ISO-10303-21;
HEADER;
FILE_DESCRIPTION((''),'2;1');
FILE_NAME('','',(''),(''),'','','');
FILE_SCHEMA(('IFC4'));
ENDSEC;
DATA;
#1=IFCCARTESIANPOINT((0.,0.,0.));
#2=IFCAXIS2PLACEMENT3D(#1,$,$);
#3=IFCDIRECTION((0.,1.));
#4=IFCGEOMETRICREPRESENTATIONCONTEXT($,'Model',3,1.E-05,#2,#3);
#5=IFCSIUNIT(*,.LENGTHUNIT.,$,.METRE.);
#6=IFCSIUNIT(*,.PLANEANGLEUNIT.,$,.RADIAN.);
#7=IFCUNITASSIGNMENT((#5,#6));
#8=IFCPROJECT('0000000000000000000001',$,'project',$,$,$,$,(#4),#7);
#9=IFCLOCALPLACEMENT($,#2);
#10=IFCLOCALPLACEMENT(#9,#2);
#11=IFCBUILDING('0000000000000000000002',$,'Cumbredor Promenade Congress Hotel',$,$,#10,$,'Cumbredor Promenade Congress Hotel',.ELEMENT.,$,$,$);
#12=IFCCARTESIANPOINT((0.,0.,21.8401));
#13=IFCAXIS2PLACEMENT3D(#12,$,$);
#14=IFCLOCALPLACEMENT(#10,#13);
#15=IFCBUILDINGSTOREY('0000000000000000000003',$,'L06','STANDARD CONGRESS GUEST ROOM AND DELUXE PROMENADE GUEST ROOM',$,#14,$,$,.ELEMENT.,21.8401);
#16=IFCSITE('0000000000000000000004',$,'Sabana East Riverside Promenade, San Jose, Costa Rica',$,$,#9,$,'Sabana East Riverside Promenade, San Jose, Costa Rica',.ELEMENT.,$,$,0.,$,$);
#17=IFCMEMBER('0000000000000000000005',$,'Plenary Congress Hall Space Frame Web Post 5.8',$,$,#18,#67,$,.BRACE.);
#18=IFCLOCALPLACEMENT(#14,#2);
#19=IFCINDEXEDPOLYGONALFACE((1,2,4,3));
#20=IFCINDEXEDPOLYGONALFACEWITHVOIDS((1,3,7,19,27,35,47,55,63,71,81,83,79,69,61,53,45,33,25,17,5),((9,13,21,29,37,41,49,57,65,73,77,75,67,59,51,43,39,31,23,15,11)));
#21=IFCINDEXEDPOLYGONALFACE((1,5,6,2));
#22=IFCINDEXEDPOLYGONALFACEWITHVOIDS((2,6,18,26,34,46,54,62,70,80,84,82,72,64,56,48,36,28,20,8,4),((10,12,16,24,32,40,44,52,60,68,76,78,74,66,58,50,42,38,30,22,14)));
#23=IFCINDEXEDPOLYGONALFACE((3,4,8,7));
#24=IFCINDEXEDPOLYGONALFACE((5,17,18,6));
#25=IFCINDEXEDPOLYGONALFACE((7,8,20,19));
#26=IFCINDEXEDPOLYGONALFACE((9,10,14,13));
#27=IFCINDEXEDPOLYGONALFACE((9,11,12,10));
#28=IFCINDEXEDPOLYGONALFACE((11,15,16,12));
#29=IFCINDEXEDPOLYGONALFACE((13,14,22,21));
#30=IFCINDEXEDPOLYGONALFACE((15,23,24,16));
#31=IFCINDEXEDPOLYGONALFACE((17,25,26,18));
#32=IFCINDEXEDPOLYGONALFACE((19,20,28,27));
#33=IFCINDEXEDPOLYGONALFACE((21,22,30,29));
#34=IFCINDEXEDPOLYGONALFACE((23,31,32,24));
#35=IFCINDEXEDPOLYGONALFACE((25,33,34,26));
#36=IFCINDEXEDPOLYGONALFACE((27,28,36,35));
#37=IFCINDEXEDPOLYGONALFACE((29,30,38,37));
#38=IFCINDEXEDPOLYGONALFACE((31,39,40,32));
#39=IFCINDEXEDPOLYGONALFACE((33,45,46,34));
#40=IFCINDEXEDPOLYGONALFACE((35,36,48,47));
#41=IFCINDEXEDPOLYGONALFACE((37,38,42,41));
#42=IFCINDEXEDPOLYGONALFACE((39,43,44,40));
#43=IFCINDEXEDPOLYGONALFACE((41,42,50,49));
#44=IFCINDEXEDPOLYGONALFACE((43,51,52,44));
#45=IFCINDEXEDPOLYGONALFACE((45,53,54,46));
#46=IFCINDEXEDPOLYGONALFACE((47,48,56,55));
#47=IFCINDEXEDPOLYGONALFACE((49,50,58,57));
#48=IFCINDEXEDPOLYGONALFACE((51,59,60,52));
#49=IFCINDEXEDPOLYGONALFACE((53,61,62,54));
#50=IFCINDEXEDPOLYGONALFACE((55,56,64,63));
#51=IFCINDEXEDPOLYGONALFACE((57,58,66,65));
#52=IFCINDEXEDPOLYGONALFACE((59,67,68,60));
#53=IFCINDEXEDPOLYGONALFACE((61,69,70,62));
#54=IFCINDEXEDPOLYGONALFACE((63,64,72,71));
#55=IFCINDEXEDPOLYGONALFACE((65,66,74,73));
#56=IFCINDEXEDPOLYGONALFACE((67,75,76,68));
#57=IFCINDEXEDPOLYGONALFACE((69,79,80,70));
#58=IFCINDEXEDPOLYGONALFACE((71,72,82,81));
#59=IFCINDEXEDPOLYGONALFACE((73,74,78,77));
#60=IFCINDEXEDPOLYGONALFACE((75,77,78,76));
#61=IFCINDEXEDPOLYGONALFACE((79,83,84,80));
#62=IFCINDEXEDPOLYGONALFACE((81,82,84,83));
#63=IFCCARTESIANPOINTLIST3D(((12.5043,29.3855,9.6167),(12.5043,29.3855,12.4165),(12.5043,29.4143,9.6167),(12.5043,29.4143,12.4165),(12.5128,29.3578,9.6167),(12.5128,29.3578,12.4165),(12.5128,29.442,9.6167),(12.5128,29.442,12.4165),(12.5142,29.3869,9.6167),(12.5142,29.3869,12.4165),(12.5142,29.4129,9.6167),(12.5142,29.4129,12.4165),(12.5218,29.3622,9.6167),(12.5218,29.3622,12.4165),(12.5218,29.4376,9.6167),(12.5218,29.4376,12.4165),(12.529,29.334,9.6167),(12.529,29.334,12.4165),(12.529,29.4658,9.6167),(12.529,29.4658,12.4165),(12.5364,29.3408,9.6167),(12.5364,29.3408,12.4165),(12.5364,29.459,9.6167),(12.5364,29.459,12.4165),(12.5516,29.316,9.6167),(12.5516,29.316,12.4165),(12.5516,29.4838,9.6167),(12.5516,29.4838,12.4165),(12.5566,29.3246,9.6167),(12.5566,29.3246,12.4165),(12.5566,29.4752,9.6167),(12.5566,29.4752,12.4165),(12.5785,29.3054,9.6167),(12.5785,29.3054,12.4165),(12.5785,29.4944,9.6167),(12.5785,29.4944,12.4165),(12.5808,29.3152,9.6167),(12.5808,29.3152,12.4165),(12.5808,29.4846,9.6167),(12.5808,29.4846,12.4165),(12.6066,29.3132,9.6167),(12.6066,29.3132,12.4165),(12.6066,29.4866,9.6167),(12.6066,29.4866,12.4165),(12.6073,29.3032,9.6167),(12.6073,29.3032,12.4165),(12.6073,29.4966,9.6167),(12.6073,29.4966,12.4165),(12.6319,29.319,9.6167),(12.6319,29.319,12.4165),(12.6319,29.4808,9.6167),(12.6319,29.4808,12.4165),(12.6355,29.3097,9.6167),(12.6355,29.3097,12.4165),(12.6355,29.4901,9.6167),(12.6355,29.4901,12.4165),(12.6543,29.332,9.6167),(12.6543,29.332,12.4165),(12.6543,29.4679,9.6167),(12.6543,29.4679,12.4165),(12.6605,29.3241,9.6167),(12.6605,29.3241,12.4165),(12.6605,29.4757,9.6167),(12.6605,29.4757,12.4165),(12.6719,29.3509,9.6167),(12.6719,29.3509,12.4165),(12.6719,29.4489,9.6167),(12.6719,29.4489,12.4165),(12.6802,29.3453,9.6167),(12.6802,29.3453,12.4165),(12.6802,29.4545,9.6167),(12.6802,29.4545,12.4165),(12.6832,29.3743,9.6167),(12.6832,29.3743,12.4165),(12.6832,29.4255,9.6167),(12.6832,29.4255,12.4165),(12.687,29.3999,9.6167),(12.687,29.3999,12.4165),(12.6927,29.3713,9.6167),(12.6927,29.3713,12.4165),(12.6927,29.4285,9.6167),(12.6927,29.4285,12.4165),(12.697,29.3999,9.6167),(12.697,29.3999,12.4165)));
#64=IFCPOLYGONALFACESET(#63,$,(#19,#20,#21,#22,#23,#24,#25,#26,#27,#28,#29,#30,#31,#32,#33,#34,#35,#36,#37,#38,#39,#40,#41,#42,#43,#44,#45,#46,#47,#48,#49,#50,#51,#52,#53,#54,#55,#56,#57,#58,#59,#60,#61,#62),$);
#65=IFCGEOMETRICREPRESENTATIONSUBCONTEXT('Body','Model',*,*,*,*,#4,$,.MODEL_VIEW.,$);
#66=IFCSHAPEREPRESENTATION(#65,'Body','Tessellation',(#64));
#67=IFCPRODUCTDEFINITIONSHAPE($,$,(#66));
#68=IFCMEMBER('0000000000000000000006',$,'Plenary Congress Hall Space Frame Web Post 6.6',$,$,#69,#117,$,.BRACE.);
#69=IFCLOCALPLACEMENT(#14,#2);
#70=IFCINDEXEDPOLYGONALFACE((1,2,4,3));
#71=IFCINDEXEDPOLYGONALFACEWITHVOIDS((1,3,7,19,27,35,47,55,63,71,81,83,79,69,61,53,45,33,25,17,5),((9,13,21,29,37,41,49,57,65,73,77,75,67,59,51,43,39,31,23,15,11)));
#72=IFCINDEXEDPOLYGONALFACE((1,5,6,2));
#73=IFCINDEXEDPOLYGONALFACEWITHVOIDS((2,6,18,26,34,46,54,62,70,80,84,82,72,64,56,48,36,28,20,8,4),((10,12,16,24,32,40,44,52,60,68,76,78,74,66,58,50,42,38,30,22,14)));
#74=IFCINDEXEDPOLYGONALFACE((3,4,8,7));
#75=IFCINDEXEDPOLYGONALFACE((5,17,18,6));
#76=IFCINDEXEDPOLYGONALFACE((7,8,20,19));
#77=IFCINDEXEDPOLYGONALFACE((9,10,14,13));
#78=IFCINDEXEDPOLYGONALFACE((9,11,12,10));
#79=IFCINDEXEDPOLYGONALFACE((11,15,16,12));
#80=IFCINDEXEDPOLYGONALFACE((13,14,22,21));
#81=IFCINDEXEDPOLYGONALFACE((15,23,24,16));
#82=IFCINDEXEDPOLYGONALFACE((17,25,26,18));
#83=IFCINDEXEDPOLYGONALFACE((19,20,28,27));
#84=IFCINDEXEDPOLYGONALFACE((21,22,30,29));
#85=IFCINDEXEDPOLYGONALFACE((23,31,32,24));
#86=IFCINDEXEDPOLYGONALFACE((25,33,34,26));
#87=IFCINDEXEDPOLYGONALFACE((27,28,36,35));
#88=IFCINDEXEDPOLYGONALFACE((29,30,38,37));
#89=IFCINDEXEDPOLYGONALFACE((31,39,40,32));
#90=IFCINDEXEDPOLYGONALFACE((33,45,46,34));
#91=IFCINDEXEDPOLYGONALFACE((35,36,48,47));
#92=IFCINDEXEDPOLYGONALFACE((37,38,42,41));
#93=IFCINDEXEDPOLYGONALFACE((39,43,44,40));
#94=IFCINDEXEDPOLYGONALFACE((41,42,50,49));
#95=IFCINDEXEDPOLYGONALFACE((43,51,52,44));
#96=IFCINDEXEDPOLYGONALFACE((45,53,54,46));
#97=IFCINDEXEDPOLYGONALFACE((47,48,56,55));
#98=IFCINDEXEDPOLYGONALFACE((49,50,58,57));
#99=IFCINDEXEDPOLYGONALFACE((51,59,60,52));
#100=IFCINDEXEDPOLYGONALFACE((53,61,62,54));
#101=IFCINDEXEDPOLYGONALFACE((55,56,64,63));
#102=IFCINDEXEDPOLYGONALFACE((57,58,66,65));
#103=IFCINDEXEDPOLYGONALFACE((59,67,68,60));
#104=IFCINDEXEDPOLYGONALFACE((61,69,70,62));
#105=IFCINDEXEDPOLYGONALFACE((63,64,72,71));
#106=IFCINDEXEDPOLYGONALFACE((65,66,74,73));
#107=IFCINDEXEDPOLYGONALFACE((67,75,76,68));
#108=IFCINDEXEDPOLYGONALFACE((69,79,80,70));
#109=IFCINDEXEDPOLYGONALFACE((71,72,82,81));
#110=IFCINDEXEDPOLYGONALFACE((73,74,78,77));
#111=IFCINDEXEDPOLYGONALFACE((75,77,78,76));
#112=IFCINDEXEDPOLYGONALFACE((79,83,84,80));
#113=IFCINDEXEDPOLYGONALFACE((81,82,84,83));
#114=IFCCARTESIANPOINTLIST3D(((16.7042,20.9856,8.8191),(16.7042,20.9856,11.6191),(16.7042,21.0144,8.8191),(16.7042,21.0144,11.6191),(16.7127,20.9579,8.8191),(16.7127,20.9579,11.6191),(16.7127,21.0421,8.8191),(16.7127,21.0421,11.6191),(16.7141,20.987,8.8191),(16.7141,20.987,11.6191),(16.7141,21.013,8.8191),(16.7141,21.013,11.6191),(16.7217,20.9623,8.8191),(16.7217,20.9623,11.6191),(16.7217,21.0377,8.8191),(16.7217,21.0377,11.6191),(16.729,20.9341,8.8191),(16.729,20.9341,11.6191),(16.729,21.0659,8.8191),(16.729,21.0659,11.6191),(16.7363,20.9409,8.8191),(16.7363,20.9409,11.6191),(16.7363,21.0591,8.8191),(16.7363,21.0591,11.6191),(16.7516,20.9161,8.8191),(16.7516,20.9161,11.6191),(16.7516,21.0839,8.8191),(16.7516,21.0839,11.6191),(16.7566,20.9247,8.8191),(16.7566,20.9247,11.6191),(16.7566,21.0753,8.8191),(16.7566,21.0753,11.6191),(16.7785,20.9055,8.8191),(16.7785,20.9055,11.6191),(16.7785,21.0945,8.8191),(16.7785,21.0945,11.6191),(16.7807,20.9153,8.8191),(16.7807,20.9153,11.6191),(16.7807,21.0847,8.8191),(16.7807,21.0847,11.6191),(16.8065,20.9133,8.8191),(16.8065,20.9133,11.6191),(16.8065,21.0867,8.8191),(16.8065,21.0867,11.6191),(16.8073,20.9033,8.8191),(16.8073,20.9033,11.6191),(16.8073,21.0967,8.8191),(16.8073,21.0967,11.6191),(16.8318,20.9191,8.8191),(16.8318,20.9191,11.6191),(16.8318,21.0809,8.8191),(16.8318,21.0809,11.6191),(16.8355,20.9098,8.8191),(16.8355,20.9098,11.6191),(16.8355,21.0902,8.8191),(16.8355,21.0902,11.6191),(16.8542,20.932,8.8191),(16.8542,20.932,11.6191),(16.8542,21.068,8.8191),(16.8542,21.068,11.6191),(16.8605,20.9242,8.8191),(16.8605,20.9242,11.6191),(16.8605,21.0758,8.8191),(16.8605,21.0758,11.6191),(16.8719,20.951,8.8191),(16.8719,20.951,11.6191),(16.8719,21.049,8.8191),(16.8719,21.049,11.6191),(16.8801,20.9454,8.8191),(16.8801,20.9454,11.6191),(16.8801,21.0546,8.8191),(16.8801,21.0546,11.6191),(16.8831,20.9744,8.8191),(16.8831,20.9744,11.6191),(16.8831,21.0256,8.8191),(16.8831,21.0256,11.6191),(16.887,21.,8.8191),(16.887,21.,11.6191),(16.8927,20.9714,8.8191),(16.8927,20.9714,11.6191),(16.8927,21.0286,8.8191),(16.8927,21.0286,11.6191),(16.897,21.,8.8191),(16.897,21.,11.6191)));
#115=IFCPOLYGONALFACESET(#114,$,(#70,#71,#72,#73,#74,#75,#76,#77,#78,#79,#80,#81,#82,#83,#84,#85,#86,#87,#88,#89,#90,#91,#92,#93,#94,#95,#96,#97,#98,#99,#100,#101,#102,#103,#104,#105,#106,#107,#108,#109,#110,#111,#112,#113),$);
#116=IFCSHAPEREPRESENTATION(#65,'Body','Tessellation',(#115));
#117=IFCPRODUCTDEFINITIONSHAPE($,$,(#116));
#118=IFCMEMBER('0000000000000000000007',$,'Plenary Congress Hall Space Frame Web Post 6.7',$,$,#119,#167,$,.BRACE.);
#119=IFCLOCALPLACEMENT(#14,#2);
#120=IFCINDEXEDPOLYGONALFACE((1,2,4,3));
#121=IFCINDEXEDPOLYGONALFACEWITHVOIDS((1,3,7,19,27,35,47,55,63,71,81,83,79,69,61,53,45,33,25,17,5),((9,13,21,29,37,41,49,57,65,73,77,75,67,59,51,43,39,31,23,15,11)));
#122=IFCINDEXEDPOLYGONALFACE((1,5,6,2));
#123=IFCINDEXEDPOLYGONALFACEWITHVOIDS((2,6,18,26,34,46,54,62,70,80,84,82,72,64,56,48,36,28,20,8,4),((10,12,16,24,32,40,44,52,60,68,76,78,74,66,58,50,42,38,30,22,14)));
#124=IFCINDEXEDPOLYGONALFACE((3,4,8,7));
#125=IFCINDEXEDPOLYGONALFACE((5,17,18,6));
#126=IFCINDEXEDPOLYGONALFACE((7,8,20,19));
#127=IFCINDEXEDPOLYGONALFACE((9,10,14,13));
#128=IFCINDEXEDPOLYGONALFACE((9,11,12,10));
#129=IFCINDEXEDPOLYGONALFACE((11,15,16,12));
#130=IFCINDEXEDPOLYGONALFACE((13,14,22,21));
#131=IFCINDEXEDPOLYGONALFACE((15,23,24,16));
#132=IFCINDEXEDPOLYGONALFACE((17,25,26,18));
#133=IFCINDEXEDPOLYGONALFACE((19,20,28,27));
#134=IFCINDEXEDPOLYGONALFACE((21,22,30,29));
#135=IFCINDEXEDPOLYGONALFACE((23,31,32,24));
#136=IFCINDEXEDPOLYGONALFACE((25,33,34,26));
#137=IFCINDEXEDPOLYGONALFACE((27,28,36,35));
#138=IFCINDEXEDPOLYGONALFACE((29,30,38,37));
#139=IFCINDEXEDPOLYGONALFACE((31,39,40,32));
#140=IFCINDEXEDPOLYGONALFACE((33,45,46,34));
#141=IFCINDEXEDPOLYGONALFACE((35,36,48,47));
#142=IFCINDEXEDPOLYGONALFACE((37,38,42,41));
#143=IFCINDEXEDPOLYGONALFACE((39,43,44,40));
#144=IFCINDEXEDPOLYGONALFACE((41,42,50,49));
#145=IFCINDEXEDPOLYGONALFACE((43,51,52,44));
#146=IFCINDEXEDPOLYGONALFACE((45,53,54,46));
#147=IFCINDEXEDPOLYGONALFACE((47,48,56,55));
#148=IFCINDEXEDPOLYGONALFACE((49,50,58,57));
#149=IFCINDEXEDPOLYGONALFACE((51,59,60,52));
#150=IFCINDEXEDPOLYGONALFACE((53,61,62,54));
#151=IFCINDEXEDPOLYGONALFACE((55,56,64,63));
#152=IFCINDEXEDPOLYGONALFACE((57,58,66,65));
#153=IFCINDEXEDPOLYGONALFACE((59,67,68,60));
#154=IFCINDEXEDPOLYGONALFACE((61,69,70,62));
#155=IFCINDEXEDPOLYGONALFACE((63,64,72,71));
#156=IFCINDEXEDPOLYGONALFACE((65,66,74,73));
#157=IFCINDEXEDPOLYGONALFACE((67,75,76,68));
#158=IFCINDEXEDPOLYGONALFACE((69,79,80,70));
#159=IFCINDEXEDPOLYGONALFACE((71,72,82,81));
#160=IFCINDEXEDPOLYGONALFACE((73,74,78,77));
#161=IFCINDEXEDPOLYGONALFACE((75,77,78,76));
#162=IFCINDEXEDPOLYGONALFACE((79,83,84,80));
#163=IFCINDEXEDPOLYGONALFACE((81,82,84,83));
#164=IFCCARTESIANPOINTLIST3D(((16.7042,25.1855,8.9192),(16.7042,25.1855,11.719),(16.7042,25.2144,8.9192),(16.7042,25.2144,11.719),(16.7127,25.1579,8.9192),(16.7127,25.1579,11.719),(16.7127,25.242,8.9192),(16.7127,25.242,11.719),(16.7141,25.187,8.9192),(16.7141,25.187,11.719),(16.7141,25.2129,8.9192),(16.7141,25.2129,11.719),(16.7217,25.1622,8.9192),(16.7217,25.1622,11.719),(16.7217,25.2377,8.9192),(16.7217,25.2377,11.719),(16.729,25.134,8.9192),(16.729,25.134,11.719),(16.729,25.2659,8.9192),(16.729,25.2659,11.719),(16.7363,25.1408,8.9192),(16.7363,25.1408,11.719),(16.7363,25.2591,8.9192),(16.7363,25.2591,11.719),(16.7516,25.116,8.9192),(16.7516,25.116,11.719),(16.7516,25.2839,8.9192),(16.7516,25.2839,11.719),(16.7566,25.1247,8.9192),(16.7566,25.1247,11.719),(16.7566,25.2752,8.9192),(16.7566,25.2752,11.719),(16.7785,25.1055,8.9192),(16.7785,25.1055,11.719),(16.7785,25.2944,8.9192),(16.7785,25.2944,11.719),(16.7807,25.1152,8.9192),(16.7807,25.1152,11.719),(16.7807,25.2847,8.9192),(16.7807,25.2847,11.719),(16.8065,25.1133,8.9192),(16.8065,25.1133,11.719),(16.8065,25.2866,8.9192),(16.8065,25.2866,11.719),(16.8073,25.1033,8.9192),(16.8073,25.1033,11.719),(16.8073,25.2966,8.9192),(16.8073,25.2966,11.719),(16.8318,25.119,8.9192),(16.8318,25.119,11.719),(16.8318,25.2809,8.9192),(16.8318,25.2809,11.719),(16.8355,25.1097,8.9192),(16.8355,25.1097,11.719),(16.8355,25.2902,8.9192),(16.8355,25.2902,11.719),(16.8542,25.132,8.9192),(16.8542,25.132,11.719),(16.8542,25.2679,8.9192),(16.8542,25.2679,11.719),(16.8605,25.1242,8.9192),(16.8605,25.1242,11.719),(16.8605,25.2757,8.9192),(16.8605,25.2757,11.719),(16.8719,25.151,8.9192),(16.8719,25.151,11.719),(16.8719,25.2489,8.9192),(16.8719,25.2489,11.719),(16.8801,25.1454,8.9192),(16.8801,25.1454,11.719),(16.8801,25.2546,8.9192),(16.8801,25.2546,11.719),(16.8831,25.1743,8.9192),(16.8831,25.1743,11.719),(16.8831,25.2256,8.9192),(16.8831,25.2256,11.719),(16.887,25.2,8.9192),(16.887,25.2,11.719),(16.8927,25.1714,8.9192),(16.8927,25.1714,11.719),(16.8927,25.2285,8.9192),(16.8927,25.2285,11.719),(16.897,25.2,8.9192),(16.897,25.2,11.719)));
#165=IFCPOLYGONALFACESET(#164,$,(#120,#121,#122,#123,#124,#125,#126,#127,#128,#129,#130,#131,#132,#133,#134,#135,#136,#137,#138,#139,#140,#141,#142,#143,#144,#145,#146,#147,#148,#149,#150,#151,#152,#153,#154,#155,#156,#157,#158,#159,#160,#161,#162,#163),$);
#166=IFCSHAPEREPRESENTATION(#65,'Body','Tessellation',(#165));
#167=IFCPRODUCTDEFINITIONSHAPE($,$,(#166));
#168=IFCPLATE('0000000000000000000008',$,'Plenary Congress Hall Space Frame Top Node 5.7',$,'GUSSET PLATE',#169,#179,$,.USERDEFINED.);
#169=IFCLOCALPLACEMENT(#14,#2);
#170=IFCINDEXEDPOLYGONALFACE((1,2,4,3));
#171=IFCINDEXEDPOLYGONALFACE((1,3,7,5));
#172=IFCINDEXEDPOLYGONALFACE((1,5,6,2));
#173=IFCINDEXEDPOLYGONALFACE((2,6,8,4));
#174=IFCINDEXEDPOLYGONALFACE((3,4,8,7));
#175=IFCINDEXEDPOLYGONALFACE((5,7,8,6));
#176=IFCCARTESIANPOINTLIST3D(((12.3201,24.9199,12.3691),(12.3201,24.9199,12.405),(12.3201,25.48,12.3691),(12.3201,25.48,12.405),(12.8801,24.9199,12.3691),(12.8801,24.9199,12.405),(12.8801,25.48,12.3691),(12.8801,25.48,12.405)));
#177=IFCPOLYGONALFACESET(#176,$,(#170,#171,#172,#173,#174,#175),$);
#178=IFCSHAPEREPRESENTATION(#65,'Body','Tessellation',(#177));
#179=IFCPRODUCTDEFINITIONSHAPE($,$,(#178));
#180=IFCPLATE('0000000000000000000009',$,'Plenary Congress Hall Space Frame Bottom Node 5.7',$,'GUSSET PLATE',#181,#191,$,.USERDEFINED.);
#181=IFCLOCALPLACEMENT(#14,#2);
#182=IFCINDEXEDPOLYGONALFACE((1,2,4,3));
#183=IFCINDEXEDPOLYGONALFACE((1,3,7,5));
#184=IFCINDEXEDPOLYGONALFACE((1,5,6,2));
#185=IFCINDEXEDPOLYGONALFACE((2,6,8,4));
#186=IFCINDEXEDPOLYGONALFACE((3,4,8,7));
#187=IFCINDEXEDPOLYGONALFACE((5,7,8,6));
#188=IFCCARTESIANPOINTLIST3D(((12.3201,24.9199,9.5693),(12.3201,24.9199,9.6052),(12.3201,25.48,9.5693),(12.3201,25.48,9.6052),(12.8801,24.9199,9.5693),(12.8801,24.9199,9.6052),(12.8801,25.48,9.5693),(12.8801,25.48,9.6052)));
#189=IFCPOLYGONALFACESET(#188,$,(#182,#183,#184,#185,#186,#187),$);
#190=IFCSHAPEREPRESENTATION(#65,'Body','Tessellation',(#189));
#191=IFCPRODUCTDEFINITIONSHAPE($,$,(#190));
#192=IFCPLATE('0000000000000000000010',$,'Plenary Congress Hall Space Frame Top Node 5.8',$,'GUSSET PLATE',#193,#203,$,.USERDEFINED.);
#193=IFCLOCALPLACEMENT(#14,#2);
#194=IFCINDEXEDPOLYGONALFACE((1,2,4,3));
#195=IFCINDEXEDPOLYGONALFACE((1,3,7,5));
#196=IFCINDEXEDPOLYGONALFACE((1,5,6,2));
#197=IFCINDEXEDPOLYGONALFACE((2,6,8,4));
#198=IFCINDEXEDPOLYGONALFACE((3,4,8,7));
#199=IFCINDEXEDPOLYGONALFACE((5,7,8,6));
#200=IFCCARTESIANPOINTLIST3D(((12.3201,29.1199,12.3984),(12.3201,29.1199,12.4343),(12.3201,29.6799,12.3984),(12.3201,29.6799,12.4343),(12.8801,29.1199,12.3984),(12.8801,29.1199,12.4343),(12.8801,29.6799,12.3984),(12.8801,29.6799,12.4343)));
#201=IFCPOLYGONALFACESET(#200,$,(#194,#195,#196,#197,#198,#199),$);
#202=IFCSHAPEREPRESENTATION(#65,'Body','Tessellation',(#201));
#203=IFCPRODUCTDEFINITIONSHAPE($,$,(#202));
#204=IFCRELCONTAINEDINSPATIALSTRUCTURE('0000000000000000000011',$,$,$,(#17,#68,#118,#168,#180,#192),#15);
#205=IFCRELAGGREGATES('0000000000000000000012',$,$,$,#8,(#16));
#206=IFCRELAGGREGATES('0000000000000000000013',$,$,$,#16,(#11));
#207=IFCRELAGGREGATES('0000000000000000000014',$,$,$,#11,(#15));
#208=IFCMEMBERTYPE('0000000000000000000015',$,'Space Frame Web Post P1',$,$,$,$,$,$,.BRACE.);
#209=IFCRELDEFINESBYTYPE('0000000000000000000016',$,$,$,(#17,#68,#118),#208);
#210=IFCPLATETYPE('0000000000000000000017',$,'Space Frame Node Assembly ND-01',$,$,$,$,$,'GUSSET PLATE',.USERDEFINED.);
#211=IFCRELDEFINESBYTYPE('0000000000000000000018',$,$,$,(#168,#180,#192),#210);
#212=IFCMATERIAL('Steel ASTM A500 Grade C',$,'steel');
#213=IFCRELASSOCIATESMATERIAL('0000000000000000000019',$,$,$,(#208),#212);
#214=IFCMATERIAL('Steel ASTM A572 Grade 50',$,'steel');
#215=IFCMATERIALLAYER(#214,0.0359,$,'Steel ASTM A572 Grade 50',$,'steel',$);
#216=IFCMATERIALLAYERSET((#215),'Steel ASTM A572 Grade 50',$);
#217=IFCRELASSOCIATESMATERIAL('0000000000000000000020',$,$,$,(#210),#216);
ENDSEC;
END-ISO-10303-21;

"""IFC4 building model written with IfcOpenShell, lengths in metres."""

from ifc_helpers import new_model, si_unit, direction, frame, origin, origin_2d, place, context, subcontext, project, spatial, rectangle, hollow_circle, extrude, material, layer, layer_set, material_profile, profile_set, type_object, element, save


model = new_model("IFC4")

# Units and contexts
model_context = context("Model", 3, precision=1e-05, world=origin(), true_north=direction((0.0, 1.0)))
body_context = subcontext(model_context, "Body", "Model", "MODEL_VIEW")
ifc_project = project(units=[si_unit("LENGTHUNIT", "METRE"), si_unit("PLANEANGLEUNIT", "RADIAN")], contexts=[model_context])

# Site, building, storey
site_placement = place(None, origin())
site = spatial("IfcSite", under=ifc_project, at=site_placement, Name="Sabana East Riverside Promenade, San Jose, Costa Rica", LongName="Sabana East Riverside Promenade, San Jose, Costa Rica", CompositionType="ELEMENT", RefElevation=0.0)
building_placement = place(site_placement, origin())
building = spatial("IfcBuilding", under=site, at=building_placement, Name="Cumbredor Promenade Congress Hotel", LongName="Cumbredor Promenade Congress Hotel", CompositionType="ELEMENT")
storey_placement = place(building_placement, frame((0.0, 0.0, 21.8401)))
storey = spatial("IfcBuildingStorey", under=building, at=storey_placement, Name="L06", Description="STANDARD CONGRESS GUEST ROOM AND DELUXE PROMENADE GUEST ROOM", CompositionType="ELEMENT", Elevation=21.8401)

# Members
ifc_material_1 = material(Name="Steel ASTM A500 Grade C", Category="steel")
ifc_material_profile_1 = material_profile(ifc_material_1, hollow_circle(Radius=0.0969, WallThickness=0.01, at=origin_2d()), Name="CHS 193.7x10")
ifc_profile_set_1 = profile_set([ifc_material_profile_1], Name="Steel ASTM A500 Grade C")
member_type_1 = type_object("IfcMemberType", Name="Space Frame Web Post P1", PredefinedType="BRACE", material=ifc_profile_set_1)
for number, where, z_axis, x_axis, name in (
    (1, (12.6001, 29.3999, 9.6167), (0.0, 0.0, 1.0), (1.0, 0.0, 0.0), "Plenary Congress Hall Space Frame Web Post 5.8"),
):
    element("IfcMember", number, at=place(storey_placement, frame(where, z_axis=z_axis, x_axis=x_axis)), inside=storey, type_object=member_type_1, Name=name, PredefinedType="BRACE", context=body_context, shape_type="SweptSolid", body=[
        extrude(hollow_circle(Radius=0.0969, WallThickness=0.01, at=origin_2d()), origin(), (0.0, 0.0, 1.0), 2.7998),
    ])
member_1_placement = place(storey_placement, frame((16.8, 21.0, 8.8191), z_axis=(0.0, 0.0, 1.0), x_axis=(1.0, 0.0, 0.0)))
element("IfcMember", 2, at=member_1_placement, inside=storey, type_object=member_type_1, Name="Plenary Congress Hall Space Frame Web Post 6.6", PredefinedType="BRACE", context=body_context, shape_type="SweptSolid", body=[
    extrude(hollow_circle(Radius=0.0969, WallThickness=0.01, at=origin_2d()), origin(), (0.0, 0.0, 1.0), 2.8),
])
member_2_placement = place(storey_placement, frame((16.8, 25.2, 8.9192), z_axis=(0.0, 0.0, 1.0), x_axis=(1.0, 0.0, 0.0)))
element("IfcMember", 3, at=member_2_placement, inside=storey, type_object=member_type_1, Name="Plenary Congress Hall Space Frame Web Post 6.7", PredefinedType="BRACE", context=body_context, shape_type="SweptSolid", body=[
    extrude(hollow_circle(Radius=0.0969, WallThickness=0.01, at=origin_2d()), origin(), (0.0, 0.0, 1.0), 2.7998),
])

# Plates
ifc_material_2 = material(Name="Steel ASTM A572 Grade 50", Category="steel")
ifc_layer = layer(ifc_material_2, 0.0359, Name="Steel ASTM A572 Grade 50", Category="steel")
ifc_layer_set = layer_set([ifc_layer], Name="Steel ASTM A572 Grade 50")
plate_type = type_object("IfcPlateType", Name="Space Frame Node Assembly ND-01", ElementType="GUSSET PLATE", PredefinedType="USERDEFINED", material=ifc_layer_set)
for number, where, z_axis, x_axis, name in (
    (4, (12.6001, 25.2, 12.3691), (0.0, 0.0, 1.0), (1.0, 0.0, 0.0), "Plenary Congress Hall Space Frame Top Node 5.7"),
    (5, (12.6001, 25.2, 9.5693), (0.0, 0.0, 1.0), (1.0, 0.0, 0.0), "Plenary Congress Hall Space Frame Bottom Node 5.7"),
    (6, (12.6001, 29.3999, 12.3984), (0.0, 0.0, 1.0), (1.0, 0.0, 0.0), "Plenary Congress Hall Space Frame Top Node 5.8"),
):
    element("IfcPlate", number, at=place(storey_placement, frame(where, z_axis=z_axis, x_axis=x_axis)), inside=storey, type_object=plate_type, Name=name, ObjectType="GUSSET PLATE", PredefinedType="USERDEFINED", context=body_context, shape_type="SweptSolid", body=[
        extrude(rectangle(XDim=0.5601, YDim=0.5601, at=origin_2d()), origin(), (0.0, 0.0, 1.0), 0.0359),
    ])

save(model, "model.ifc")
